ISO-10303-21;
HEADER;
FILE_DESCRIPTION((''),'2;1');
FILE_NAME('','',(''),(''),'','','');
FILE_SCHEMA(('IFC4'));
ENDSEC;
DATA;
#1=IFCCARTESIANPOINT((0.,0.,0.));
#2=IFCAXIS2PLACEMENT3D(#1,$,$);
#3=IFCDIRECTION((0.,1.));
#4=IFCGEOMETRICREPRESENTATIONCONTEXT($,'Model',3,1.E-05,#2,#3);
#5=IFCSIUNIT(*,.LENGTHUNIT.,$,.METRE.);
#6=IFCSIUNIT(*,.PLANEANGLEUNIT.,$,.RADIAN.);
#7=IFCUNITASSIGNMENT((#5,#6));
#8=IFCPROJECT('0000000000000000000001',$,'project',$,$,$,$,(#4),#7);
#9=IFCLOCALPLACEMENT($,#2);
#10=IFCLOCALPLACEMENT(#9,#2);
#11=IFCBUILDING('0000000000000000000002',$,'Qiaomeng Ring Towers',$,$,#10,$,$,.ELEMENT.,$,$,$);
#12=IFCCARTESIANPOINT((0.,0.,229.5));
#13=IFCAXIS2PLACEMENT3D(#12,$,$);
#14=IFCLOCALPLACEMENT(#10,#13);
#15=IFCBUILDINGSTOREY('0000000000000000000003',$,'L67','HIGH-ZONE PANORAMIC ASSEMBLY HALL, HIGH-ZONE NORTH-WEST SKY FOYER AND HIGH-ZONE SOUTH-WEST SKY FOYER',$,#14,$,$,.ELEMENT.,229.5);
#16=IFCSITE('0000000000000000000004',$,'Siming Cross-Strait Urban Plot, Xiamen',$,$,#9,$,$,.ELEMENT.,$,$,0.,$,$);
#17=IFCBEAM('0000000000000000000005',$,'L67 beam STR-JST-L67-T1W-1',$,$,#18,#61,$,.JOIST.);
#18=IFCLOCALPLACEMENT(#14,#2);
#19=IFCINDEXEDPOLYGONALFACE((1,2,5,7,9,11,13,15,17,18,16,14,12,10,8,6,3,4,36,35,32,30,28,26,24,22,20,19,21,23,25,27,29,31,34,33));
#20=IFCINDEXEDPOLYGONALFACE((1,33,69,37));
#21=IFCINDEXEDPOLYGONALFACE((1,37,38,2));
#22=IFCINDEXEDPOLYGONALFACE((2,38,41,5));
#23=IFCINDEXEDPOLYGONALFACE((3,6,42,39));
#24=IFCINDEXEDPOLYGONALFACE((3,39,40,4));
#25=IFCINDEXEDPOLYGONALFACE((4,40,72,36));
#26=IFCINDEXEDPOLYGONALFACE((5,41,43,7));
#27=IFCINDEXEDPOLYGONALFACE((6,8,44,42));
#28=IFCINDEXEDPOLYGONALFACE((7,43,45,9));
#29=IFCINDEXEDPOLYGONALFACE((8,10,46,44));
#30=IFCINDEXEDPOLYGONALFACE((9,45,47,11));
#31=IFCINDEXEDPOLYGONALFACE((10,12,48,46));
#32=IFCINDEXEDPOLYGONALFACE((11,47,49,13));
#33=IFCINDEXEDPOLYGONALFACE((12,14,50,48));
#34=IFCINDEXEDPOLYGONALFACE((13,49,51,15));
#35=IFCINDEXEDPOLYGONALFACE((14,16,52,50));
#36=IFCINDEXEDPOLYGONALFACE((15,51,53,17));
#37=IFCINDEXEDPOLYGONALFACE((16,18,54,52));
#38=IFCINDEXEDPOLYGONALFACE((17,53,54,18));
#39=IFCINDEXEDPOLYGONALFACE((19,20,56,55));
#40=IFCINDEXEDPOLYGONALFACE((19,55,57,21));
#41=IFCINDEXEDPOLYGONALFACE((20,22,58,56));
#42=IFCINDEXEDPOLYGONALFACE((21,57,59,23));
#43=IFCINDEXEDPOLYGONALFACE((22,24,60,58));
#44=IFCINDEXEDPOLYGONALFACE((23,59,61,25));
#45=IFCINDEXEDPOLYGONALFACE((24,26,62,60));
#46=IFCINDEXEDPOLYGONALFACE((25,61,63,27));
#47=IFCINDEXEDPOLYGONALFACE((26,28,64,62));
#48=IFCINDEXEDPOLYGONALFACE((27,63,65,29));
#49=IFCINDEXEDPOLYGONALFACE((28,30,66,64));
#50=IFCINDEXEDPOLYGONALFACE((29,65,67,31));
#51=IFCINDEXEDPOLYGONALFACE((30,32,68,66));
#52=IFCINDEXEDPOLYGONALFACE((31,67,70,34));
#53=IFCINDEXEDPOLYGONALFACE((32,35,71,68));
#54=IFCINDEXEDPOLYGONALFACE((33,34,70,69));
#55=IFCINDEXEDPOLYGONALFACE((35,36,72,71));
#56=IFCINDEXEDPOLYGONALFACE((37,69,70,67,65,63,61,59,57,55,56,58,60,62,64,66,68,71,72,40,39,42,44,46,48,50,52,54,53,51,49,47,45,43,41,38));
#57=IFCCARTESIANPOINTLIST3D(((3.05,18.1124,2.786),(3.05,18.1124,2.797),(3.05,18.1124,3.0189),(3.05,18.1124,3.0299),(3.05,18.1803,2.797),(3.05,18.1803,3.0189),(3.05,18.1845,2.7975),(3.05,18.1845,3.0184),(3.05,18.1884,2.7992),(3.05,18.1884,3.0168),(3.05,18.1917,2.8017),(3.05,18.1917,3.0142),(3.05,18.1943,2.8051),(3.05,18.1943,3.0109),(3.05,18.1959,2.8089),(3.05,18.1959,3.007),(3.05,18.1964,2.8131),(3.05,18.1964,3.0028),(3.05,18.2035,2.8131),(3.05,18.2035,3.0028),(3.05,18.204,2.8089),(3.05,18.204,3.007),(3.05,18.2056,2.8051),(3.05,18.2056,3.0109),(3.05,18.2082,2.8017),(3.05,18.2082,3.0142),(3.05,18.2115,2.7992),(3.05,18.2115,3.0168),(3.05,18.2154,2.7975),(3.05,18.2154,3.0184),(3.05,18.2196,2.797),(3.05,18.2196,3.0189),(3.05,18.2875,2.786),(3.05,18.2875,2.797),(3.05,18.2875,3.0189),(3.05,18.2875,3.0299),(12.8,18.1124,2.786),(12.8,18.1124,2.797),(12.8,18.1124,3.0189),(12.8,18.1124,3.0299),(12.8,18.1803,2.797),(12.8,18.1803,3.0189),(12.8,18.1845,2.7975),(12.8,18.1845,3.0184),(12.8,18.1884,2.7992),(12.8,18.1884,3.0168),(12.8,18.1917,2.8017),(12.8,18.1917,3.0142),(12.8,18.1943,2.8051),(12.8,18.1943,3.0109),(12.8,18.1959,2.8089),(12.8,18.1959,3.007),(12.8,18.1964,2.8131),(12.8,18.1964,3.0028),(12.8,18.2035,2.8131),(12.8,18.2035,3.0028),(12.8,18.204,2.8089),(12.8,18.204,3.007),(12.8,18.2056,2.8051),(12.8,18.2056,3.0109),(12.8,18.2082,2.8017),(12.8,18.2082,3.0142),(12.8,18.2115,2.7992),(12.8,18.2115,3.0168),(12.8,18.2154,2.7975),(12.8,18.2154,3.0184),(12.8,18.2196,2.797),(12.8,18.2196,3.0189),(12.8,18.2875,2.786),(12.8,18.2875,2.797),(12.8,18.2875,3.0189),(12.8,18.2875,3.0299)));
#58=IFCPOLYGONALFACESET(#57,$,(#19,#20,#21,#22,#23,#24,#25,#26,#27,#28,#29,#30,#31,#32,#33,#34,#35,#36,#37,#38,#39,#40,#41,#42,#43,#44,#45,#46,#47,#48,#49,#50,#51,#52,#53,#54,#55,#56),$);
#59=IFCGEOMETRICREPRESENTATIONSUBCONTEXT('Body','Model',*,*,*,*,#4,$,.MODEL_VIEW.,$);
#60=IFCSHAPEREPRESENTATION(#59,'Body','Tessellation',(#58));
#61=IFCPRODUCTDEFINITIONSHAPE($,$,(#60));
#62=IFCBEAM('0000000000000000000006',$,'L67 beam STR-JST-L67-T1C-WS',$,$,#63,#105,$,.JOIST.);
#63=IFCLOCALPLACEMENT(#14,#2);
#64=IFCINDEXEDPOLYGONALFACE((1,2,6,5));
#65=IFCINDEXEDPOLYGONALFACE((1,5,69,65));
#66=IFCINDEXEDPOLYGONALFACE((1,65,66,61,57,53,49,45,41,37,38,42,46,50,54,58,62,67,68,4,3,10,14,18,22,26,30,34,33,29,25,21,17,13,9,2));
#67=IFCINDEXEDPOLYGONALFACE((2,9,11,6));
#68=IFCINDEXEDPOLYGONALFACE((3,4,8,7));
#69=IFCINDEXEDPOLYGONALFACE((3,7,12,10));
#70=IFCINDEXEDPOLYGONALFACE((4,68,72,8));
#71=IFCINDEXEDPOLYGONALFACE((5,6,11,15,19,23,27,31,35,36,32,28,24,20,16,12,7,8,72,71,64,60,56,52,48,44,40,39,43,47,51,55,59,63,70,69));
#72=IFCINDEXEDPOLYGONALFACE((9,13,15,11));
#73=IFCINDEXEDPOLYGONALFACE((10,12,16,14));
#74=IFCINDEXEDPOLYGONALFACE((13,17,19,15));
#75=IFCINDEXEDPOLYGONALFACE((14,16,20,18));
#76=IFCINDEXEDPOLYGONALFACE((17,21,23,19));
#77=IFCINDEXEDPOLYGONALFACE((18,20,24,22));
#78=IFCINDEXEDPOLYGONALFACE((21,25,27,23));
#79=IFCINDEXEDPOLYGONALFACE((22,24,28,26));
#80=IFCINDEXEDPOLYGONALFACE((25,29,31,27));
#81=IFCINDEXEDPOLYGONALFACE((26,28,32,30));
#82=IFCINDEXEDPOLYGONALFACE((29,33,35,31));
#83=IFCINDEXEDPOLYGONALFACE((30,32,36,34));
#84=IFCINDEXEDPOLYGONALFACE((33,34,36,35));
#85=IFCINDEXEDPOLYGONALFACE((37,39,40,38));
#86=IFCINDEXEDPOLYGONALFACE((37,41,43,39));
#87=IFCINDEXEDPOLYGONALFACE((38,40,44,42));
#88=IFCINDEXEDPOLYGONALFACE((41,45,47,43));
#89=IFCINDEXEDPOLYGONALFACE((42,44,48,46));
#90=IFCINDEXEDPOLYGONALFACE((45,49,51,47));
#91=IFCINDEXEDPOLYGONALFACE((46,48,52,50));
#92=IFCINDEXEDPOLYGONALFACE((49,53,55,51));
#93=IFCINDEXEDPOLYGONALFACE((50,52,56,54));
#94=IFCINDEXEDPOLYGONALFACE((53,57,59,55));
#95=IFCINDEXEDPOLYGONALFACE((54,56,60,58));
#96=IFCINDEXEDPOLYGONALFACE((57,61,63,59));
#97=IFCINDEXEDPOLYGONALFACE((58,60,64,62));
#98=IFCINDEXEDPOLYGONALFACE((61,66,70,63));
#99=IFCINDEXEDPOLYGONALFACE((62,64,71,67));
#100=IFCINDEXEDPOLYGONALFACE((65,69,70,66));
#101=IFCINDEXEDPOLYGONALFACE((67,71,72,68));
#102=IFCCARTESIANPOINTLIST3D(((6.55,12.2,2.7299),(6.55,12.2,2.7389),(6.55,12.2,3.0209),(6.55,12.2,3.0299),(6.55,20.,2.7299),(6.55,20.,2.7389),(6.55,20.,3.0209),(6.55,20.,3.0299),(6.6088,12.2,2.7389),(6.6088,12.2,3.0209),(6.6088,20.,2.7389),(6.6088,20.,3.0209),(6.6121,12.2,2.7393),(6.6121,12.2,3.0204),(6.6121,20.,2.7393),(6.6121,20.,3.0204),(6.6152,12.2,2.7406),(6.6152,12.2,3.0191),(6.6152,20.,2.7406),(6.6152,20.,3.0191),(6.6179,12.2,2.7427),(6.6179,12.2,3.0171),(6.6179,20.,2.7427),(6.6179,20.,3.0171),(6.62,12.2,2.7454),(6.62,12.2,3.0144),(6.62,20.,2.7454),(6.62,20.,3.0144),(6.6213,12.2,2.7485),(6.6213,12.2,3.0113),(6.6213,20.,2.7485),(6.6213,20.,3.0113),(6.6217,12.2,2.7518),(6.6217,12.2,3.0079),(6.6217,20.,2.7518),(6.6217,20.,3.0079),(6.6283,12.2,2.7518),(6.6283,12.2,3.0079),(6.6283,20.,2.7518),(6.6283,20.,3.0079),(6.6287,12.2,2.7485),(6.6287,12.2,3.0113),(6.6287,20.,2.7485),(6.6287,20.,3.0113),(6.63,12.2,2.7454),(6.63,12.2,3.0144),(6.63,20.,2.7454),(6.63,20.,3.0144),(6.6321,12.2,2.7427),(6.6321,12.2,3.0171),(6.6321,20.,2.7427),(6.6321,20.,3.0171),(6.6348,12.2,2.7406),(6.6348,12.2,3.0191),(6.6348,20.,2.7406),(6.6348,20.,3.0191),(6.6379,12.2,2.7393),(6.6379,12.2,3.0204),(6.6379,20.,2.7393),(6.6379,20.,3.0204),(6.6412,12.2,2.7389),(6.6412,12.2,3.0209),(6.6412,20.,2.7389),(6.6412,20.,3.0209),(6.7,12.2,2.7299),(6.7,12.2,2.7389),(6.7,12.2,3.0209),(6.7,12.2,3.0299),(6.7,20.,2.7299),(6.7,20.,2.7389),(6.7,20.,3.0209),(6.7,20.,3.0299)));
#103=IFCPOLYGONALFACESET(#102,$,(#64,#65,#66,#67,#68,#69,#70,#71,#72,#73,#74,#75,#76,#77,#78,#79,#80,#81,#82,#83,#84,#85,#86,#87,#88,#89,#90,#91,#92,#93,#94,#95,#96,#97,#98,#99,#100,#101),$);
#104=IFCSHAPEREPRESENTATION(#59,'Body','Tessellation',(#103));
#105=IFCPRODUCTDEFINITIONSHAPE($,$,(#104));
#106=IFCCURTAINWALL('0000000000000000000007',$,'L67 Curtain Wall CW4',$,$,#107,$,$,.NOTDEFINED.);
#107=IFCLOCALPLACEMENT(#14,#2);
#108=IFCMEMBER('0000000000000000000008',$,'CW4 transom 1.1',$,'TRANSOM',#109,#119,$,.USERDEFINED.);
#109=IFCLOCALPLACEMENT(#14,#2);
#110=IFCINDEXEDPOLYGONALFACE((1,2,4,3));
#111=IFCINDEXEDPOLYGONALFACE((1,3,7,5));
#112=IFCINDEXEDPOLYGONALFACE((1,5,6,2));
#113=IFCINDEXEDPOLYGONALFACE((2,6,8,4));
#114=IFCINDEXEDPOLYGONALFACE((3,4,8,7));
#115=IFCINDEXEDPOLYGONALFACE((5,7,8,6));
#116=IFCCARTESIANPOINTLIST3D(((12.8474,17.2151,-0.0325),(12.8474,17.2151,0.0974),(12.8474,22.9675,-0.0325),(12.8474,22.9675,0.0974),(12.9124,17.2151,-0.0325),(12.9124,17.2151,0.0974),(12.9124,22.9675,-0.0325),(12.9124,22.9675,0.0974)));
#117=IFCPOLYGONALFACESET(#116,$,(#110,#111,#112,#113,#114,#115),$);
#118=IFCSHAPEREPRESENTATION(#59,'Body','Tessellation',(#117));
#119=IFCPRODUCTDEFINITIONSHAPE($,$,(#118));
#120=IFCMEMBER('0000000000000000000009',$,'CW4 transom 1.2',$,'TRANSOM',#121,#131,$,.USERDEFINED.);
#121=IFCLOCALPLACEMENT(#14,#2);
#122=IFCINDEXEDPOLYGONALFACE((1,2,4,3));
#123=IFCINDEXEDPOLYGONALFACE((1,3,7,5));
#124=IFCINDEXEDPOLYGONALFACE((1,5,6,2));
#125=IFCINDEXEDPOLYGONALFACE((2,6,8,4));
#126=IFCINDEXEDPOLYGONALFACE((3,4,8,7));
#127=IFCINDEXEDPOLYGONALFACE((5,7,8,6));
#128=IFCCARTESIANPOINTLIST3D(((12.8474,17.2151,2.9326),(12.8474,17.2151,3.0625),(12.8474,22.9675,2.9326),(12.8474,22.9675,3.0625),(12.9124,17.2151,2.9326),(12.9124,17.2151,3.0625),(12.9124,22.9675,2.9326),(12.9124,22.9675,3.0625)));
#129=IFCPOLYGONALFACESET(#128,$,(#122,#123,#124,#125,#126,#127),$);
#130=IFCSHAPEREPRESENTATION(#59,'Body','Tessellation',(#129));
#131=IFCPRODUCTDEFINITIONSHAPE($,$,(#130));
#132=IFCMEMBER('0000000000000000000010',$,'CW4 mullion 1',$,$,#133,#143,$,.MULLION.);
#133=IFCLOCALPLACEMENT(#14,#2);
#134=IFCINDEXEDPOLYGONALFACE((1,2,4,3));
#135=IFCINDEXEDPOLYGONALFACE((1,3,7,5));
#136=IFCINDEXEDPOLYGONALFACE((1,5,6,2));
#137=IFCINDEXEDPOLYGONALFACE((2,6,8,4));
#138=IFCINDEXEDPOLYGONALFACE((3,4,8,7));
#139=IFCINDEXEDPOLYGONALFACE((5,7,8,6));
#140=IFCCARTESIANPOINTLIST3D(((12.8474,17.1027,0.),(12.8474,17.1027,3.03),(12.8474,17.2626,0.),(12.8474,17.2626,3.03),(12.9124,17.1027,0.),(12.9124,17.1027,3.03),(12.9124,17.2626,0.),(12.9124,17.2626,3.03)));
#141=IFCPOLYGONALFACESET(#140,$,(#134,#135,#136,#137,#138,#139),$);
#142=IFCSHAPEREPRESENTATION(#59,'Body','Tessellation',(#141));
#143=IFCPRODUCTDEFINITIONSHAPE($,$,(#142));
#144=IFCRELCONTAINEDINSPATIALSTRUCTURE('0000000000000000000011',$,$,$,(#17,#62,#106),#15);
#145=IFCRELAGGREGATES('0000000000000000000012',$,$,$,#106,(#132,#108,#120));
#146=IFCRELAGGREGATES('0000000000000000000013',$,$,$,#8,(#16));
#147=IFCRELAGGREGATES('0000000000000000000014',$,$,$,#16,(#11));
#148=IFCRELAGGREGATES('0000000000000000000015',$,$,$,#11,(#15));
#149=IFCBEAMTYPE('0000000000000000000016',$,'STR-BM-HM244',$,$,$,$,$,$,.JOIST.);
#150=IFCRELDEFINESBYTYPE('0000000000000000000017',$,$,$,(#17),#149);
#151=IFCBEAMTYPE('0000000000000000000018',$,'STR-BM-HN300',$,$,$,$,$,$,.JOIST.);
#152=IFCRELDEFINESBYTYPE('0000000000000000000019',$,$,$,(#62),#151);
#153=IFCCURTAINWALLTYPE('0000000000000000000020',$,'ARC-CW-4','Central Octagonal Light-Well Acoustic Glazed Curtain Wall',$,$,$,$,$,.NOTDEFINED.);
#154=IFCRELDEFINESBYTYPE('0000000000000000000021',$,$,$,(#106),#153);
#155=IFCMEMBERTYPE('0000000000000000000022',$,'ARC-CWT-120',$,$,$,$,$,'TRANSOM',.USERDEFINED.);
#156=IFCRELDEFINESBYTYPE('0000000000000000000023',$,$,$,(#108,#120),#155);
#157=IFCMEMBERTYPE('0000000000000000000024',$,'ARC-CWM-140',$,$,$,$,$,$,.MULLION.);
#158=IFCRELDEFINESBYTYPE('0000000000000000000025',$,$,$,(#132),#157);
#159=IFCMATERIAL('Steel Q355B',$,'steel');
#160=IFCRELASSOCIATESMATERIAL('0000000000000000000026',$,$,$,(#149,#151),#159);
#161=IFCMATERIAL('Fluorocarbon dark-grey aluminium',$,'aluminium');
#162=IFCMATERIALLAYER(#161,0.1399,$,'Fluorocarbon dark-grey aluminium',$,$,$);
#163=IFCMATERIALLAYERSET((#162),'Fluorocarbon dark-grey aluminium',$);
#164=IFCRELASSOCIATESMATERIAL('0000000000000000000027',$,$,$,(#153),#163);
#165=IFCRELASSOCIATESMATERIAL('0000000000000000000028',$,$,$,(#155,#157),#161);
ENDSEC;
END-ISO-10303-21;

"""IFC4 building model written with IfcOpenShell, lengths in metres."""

from ifc_helpers import new_model, si_unit, direction, frame, origin, origin_2d, place, context, subcontext, project, spatial, rectangle, i_section, extrude, source, transform, mapped, material, layer, layer_set, material_profile, profile_set, type_object, element, aggregate, save


model = new_model("IFC4")

# Units and contexts
model_context = context("Model", 3, precision=1e-05, world=origin(), true_north=direction((0.0, 1.0)))
body_context = subcontext(model_context, "Body", "Model", "MODEL_VIEW")
ifc_project = project(units=[si_unit("LENGTHUNIT", "METRE"), si_unit("PLANEANGLEUNIT", "RADIAN")], contexts=[model_context])

# Site, building, storey
site_placement = place(None, origin())
site = spatial("IfcSite", under=ifc_project, at=site_placement, Name="Siming Cross-Strait Urban Plot, Xiamen", CompositionType="ELEMENT", RefElevation=0.0)
building_placement = place(site_placement, origin())
building = spatial("IfcBuilding", under=site, at=building_placement, Name="Qiaomeng Ring Towers", CompositionType="ELEMENT")
storey_placement = place(building_placement, frame((0.0, 0.0, 229.5)))
storey = spatial("IfcBuildingStorey", under=building, at=storey_placement, Name="L67", Description="HIGH-ZONE PANORAMIC ASSEMBLY HALL, HIGH-ZONE NORTH-WEST SKY FOYER AND HIGH-ZONE SOUTH-WEST SKY FOYER", CompositionType="ELEMENT", Elevation=229.5)

# Beams
ifc_material_1 = material(Name="Steel Q355B", Category="steel")
ifc_material_profile_1 = material_profile(ifc_material_1, i_section(OverallWidth=0.175, OverallDepth=0.2439, WebThickness=0.0071, FlangeThickness=0.011, FilletRadius=0.0161, at=origin_2d()), Name="HM 244x175x7x11")
ifc_profile_set_1 = profile_set([ifc_material_profile_1], Name="Steel Q355B")
beam_type_1 = type_object("IfcBeamType", Name="STR-BM-HM244", PredefinedType="JOIST", material=ifc_profile_set_1)
shared_shape_1 = source(origin(), body_context, "Body", "SweptSolid", [
    extrude(i_section(OverallWidth=0.175, OverallDepth=0.2439, WebThickness=0.0071, FlangeThickness=0.011, FilletRadius=0.0161, at=origin_2d()), origin(), (0.0, 0.0, 1.0), 9.75),
])
beam_1_placement = place(storey_placement, frame((3.05, 18.2, 2.908), z_axis=(1.0, 0.0, 0.0), x_axis=(0.0, 1.0, 0.0)))
element("IfcBeam", 1, at=beam_1_placement, inside=storey, type_object=beam_type_1, Name="L67 beam STR-JST-L67-T1W-1", PredefinedType="JOIST", context=body_context, shape_type="MappedRepresentation", body=[
    mapped(shared_shape_1, transform((0.0, 0.0, 0.0), x_axis=(1.0, 0.0, 0.0), y_axis=(0.0, 1.0, 0.0), z_axis=(0.0, 0.0, 1.0), scale=1.0)),
])
ifc_material_profile_2 = material_profile(ifc_material_1, i_section(OverallWidth=0.1499, OverallDepth=0.3, WebThickness=0.0066, FlangeThickness=0.009, FilletRadius=0.0129, at=origin_2d()), Name="HN 300x150x6.5x9")
ifc_profile_set_2 = profile_set([ifc_material_profile_2], Name="Steel Q355B")
beam_type_2 = type_object("IfcBeamType", Name="STR-BM-HN300", PredefinedType="JOIST", material=ifc_profile_set_2)
shared_shape_2 = source(origin(), body_context, "Body", "SweptSolid", [
    extrude(i_section(OverallWidth=0.1499, OverallDepth=0.3, WebThickness=0.0066, FlangeThickness=0.009, FilletRadius=0.0129, at=origin_2d()), origin(), (0.0, 0.0, 1.0), 7.8),
])
beam_2_placement = place(storey_placement, frame((6.625, 12.2, 2.8799), z_axis=(0.0, 1.0, 0.0), x_axis=(-1.0, 0.0, 0.0)))
element("IfcBeam", 2, at=beam_2_placement, inside=storey, type_object=beam_type_2, Name="L67 beam STR-JST-L67-T1C-WS", PredefinedType="JOIST", context=body_context, shape_type="MappedRepresentation", body=[
    mapped(shared_shape_2, transform((0.0, 0.0, 0.0), x_axis=(1.0, 0.0, 0.0), y_axis=(0.0, 1.0, 0.0), z_axis=(0.0, 0.0, 1.0), scale=1.0)),
])

# Curtain wall, members
ifc_material_2 = material(Name="Fluorocarbon dark-grey aluminium", Category="aluminium")
ifc_layer_1 = layer(ifc_material_2, 0.1399, Name="Fluorocarbon dark-grey aluminium")
ifc_layer_set_1 = layer_set([ifc_layer_1], Name="Fluorocarbon dark-grey aluminium")
curtain_wall_type = type_object("IfcCurtainWallType", Name="ARC-CW-4", Description="Central Octagonal Light-Well Acoustic Glazed Curtain Wall", PredefinedType="NOTDEFINED", material=ifc_layer_set_1)
curtain_wall_placement = place(storey_placement, origin())
curtain_wall = element("IfcCurtainWall", 3, at=curtain_wall_placement, inside=storey, type_object=curtain_wall_type, Name="L67 Curtain Wall CW4", PredefinedType="NOTDEFINED")
ifc_material_profile_3 = material_profile(ifc_material_2, rectangle(XDim=0.0649, YDim=0.1299, at=origin_2d()), Name="ALU TRAN 65x130")
ifc_profile_set_3 = profile_set([ifc_material_profile_3], Name="Fluorocarbon dark-grey aluminium")
member_type_1 = type_object("IfcMemberType", Name="ARC-CWT-120", ElementType="TRANSOM", PredefinedType="USERDEFINED", material=ifc_profile_set_3)
shared_shape_3 = source(origin(), body_context, "Body", "SweptSolid", [
    extrude(rectangle(XDim=0.0649, YDim=0.1299, at=origin_2d()), origin(), (0.0, 0.0, 1.0), 5.7524),
])
member_1_placement = place(storey_placement, frame((12.8799, 17.2151, 0.0325), z_axis=(0.0, 1.0, 0.0), x_axis=(-1.0, 0.0, 0.0)))
member_1 = element("IfcMember", 4, at=member_1_placement, type_object=member_type_1, Name="CW4 transom 1.1", ObjectType="TRANSOM", PredefinedType="USERDEFINED", context=body_context, shape_type="MappedRepresentation", body=[
    mapped(shared_shape_3, transform((0.0, 0.0, 0.0), x_axis=(1.0, 0.0, 0.0), y_axis=(0.0, 1.0, 0.0), z_axis=(0.0, 0.0, 1.0), scale=1.0)),
])
member_2_placement = place(storey_placement, frame((12.8799, 17.2151, 2.9976), z_axis=(0.0, 1.0, 0.0), x_axis=(-1.0, 0.0, 0.0)))
member_2 = element("IfcMember", 5, at=member_2_placement, type_object=member_type_1, Name="CW4 transom 1.2", ObjectType="TRANSOM", PredefinedType="USERDEFINED", context=body_context, shape_type="MappedRepresentation", body=[
    mapped(shared_shape_3, transform((0.0, 0.0, 0.0), x_axis=(1.0, 0.0, 0.0), y_axis=(0.0, 1.0, 0.0), z_axis=(0.0, 0.0, 1.0), scale=1.0)),
])
ifc_material_profile_4 = material_profile(ifc_material_2, rectangle(XDim=0.0649, YDim=0.1599, at=origin_2d()), Name="ALU MULL 65x160")
ifc_profile_set_4 = profile_set([ifc_material_profile_4], Name="Fluorocarbon dark-grey aluminium")
member_type_2 = type_object("IfcMemberType", Name="ARC-CWM-140", PredefinedType="MULLION", material=ifc_profile_set_4)
shared_shape_4 = source(origin(), body_context, "Body", "SweptSolid", [
    extrude(rectangle(XDim=0.0649, YDim=0.1599, at=origin_2d()), origin(), (0.0, 0.0, 1.0), 3.03),
])
member_3_placement = place(storey_placement, frame((12.8799, 17.1826, 0.0), z_axis=(0.0, 0.0, 1.0), x_axis=(-1.0, 0.0, 0.0)))
member_3 = element("IfcMember", 6, at=member_3_placement, type_object=member_type_2, Name="CW4 mullion 1", PredefinedType="MULLION", context=body_context, shape_type="MappedRepresentation", body=[
    mapped(shared_shape_4, transform((0.0, 0.0, 0.0), x_axis=(1.0, 0.0, 0.0), y_axis=(0.0, 1.0, 0.0), z_axis=(0.0, 0.0, 1.0), scale=1.0)),
])
aggregate(curtain_wall, [member_3, member_1, member_2])

save(model, "model.ifc")
